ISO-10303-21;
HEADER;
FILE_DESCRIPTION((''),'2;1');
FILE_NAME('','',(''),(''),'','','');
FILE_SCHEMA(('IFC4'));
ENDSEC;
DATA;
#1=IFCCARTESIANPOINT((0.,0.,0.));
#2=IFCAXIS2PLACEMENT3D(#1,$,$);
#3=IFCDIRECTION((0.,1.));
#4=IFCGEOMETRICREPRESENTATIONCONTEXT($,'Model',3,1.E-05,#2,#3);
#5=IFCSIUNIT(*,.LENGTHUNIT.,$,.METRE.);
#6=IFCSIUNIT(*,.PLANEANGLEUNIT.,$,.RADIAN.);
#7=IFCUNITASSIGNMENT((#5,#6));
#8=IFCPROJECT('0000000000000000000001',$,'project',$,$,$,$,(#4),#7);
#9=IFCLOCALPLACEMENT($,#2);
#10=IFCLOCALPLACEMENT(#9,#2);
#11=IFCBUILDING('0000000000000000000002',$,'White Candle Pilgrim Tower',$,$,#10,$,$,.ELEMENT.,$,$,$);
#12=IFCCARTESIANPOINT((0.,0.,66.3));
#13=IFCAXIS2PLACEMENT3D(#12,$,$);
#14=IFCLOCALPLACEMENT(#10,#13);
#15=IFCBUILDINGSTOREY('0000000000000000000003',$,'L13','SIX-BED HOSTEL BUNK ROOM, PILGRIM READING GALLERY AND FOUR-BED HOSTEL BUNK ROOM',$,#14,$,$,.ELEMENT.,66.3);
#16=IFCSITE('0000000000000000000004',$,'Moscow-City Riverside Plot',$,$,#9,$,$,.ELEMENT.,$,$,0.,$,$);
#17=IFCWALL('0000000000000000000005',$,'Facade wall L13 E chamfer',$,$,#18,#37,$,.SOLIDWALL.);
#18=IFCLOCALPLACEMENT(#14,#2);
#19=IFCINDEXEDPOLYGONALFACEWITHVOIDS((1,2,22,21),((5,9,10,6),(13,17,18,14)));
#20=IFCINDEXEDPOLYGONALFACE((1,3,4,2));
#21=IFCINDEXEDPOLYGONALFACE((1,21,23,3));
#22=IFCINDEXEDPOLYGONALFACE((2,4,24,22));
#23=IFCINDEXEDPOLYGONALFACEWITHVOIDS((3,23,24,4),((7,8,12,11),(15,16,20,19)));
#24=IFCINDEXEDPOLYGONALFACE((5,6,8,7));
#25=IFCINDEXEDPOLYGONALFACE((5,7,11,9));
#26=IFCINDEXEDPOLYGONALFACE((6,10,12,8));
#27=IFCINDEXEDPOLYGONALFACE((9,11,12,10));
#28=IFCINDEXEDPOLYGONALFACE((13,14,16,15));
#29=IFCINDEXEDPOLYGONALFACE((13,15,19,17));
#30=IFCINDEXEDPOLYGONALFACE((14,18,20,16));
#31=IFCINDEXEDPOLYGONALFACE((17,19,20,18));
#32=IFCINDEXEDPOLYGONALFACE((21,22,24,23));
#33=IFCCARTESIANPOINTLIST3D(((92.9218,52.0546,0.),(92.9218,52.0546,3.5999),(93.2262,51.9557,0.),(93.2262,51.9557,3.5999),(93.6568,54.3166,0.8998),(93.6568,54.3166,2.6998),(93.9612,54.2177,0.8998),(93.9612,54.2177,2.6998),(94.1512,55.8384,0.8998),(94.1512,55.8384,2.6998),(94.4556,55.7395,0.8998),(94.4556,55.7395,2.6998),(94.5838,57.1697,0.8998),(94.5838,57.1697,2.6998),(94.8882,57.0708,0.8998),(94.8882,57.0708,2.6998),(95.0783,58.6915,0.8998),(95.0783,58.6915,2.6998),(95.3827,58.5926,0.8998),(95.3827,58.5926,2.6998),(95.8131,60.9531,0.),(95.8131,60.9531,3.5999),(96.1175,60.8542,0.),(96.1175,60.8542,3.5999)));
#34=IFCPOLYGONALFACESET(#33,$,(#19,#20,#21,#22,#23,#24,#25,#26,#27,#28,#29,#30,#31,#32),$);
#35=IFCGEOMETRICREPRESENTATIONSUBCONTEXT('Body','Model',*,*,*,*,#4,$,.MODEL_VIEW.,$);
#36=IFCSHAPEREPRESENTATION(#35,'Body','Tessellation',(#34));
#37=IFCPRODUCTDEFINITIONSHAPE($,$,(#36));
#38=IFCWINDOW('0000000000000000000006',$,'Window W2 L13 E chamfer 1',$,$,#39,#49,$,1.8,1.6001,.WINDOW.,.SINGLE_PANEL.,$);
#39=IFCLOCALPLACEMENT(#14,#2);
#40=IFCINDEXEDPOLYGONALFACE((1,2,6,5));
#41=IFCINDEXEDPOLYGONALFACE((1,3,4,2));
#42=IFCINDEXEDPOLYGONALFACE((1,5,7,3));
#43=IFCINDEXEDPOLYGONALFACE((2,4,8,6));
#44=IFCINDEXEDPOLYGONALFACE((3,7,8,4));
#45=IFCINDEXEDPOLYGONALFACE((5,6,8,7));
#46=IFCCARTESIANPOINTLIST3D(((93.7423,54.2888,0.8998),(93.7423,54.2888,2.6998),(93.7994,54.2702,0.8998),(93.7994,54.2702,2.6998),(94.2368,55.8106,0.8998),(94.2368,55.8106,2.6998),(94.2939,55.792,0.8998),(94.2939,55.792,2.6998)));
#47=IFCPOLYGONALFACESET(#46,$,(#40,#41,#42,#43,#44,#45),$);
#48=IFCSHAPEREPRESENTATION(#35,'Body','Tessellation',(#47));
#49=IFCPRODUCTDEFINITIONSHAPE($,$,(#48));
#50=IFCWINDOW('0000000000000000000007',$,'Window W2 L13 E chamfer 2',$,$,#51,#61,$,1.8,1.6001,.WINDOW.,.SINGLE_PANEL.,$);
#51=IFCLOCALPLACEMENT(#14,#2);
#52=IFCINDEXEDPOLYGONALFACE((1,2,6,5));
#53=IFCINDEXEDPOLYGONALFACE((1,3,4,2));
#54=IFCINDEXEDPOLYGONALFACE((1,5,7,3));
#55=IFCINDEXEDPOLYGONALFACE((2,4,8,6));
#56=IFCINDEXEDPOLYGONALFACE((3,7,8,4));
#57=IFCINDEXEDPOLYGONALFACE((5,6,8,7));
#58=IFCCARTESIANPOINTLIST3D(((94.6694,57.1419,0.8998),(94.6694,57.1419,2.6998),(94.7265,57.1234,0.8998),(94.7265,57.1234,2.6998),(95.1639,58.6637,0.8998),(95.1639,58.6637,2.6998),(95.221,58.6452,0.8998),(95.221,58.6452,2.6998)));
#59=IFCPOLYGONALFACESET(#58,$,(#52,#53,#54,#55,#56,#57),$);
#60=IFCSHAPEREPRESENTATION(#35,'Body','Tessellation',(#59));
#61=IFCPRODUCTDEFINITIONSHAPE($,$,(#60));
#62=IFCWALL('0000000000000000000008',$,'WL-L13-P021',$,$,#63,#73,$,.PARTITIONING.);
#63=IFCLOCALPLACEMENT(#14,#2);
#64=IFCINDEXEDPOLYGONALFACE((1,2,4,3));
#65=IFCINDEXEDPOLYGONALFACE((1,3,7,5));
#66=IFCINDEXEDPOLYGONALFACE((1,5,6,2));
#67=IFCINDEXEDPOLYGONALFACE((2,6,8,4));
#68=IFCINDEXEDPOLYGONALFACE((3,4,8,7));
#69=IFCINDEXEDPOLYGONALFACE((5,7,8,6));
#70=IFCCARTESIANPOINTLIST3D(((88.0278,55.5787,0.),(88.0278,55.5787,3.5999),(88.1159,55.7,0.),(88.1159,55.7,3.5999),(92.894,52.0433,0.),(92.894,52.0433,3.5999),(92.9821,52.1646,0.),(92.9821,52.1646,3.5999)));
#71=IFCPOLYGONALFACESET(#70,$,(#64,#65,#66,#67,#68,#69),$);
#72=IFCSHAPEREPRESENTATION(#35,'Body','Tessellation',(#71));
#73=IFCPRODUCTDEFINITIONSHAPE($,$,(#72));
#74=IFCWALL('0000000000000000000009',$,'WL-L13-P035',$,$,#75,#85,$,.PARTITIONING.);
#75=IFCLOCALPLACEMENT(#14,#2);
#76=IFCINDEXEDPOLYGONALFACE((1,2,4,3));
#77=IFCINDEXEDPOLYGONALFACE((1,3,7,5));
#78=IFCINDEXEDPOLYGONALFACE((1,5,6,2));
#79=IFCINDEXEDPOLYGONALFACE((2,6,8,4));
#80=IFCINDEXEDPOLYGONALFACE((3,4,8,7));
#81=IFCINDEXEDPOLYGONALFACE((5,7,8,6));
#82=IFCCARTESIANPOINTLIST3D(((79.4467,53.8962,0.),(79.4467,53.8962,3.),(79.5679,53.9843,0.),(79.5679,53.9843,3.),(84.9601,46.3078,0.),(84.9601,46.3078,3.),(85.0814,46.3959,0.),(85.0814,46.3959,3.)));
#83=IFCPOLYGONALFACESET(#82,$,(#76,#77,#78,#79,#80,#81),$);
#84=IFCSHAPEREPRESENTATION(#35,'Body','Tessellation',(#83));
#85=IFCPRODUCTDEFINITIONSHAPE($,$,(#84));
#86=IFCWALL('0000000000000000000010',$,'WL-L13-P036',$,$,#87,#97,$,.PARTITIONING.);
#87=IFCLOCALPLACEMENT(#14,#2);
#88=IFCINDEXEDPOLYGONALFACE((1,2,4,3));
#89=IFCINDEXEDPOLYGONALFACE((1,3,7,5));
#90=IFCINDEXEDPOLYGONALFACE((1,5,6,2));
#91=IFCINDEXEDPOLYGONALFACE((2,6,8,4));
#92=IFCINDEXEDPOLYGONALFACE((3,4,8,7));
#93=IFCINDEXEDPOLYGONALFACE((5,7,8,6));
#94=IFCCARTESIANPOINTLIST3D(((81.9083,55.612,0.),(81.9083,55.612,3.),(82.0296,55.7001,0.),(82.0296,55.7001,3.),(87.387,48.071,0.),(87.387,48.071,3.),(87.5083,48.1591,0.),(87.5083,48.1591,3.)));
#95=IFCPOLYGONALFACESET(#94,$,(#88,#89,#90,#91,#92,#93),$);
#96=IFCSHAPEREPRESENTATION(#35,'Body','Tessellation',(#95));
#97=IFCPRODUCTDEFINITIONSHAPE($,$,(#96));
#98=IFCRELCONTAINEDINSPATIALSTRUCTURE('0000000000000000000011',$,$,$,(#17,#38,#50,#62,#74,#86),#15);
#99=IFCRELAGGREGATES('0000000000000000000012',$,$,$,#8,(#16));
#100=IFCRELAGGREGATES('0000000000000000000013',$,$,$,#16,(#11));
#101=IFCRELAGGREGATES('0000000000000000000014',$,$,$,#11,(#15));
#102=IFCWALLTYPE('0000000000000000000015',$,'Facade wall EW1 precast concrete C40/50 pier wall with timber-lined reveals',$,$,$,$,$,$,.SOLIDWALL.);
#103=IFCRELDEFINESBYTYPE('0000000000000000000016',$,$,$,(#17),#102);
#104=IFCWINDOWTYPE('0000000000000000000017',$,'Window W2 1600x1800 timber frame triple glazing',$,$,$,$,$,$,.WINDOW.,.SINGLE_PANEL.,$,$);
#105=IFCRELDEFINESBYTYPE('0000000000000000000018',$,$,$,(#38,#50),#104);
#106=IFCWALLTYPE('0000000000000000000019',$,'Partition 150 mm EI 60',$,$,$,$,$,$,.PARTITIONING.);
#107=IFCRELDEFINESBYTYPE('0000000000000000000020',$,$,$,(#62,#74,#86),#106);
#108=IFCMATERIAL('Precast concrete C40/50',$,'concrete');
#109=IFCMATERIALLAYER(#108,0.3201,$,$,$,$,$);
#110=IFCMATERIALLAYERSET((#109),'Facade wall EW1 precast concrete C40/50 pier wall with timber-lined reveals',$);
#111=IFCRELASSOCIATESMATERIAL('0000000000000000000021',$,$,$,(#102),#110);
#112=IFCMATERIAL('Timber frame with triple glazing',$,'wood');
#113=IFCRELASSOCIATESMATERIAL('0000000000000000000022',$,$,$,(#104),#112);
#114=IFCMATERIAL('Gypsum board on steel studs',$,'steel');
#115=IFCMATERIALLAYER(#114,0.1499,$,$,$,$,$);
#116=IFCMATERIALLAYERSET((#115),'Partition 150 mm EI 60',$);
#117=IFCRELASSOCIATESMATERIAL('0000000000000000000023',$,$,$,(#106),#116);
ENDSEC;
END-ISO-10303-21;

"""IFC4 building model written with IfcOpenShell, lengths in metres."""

from ifc_helpers import new_model, si_unit, direction, frame, frame_2d, origin, place, context, subcontext, project, spatial, rectangle, extrude, material, layer, layer_set, type_object, element, fill, save


model = new_model("IFC4")

# Units and contexts
model_context = context("Model", 3, precision=1e-05, world=origin(), true_north=direction((0.0, 1.0)))
body_context = subcontext(model_context, "Body", "Model", "MODEL_VIEW")
ifc_project = project(units=[si_unit("LENGTHUNIT", "METRE"), si_unit("PLANEANGLEUNIT", "RADIAN")], contexts=[model_context])

# Site, building, storey
site_placement = place(None, origin())
site = spatial("IfcSite", under=ifc_project, at=site_placement, Name="Moscow-City Riverside Plot", CompositionType="ELEMENT", RefElevation=0.0)
building_placement = place(site_placement, origin())
building = spatial("IfcBuilding", under=site, at=building_placement, Name="White Candle Pilgrim Tower", CompositionType="ELEMENT")
storey_placement = place(building_placement, frame((0.0, 0.0, 66.3)))
storey = spatial("IfcBuildingStorey", under=building, at=storey_placement, Name="L13", Description="SIX-BED HOSTEL BUNK ROOM, PILGRIM READING GALLERY AND FOUR-BED HOSTEL BUNK ROOM", CompositionType="ELEMENT", Elevation=66.3)

# Shared definitions
ifc_material_1 = material(Name="Gypsum board on steel studs", Category="steel")

# Wall, openings, windows
ifc_material_2 = material(Name="Precast concrete C40/50", Category="concrete")
ifc_layer_1 = layer(ifc_material_2, 0.3201)
ifc_layer_set_1 = layer_set([ifc_layer_1], Name="Facade wall EW1 precast concrete C40/50 pier wall with timber-lined reveals")
wall_type_1 = type_object("IfcWallType", Name="Facade wall EW1 precast concrete C40/50 pier wall with timber-lined reveals", PredefinedType="SOLIDWALL", material=ifc_layer_set_1)
wall_1_placement = place(storey_placement, frame((93.074, 52.0051, 0.0), z_axis=(0.0, 0.0, 1.0), x_axis=(0.309025, 0.951054, 0.0)))
wall_1 = element("IfcWall", 1, at=wall_1_placement, inside=storey, type_object=wall_type_1, Name="Facade wall L13 E chamfer", PredefinedType="SOLIDWALL", context=body_context, shape_type="SweptSolid", body=[
    extrude(rectangle(XDim=9.3564, YDim=0.3201, at=frame_2d((4.6782, 0.0))), origin(), (0.0, 0.0, 1.0), 3.5999),
])
opening_1_placement = place(wall_1_placement, frame((2.3784, 0.0, 0.8999)))
opening_1 = element("IfcOpeningElement", 2, at=opening_1_placement, cuts=wall_1, PredefinedType="OPENING", context=body_context, shape_type="SweptSolid", body=[
    extrude(rectangle(XDim=1.6001, YDim=1.8, at=frame_2d((0.8, 0.8999))), frame((0.0, 0.1699, 0.0), z_axis=(0.0, -1.0, 0.0), x_axis=(1.0, 0.0, 0.0)), (0.0, 0.0, 1.0), 0.3401),
])
opening_2_placement = place(wall_1_placement, frame((5.3784, 0.0, 0.8999)))
opening_2 = element("IfcOpeningElement", 3, at=opening_2_placement, cuts=wall_1, PredefinedType="OPENING", context=body_context, shape_type="SweptSolid", body=[
    extrude(rectangle(XDim=1.6001, YDim=1.8, at=frame_2d((0.8, 0.8999))), frame((0.0, 0.1699, 0.0), z_axis=(0.0, -1.0, 0.0), x_axis=(1.0, 0.0, 0.0)), (0.0, 0.0, 1.0), 0.3401),
])
ifc_material_3 = material(Name="Timber frame with triple glazing", Category="wood")
window_type = type_object("IfcWindowType", Name="Window W2 1600x1800 timber frame triple glazing", PartitioningType="SINGLE_PANEL", PredefinedType="WINDOW", material=ifc_material_3)
window_1_placement = place(opening_1_placement, origin())
window_1 = element("IfcWindow", 4, at=window_1_placement, inside=storey, type_object=window_type, Name="Window W2 L13 E chamfer 1", OverallHeight=1.8, OverallWidth=1.6001, PartitioningType="SINGLE_PANEL", PredefinedType="WINDOW", context=body_context, shape_type="SweptSolid", body=[
    extrude(rectangle(XDim=1.6001, YDim=1.8, at=frame_2d((0.8, 0.8999))), frame((0.0, 0.0701, 0.0), z_axis=(0.0, -1.0, 0.0), x_axis=(1.0, 0.0, 0.0)), (0.0, 0.0, 1.0), 0.0601),
])
fill(opening_1, window_1)
window_2_placement = place(opening_2_placement, origin())
window_2 = element("IfcWindow", 5, at=window_2_placement, inside=storey, type_object=window_type, Name="Window W2 L13 E chamfer 2", OverallHeight=1.8, OverallWidth=1.6001, PartitioningType="SINGLE_PANEL", PredefinedType="WINDOW", context=body_context, shape_type="SweptSolid", body=[
    extrude(rectangle(XDim=1.6001, YDim=1.8, at=frame_2d((0.8, 0.8999))), frame((0.0, 0.0701, 0.0), z_axis=(0.0, -1.0, 0.0), x_axis=(1.0, 0.0, 0.0)), (0.0, 0.0, 1.0), 0.0601),
])
fill(opening_2, window_2)

# Walls
ifc_layer_2 = layer(ifc_material_1, 0.1499)
ifc_layer_set_2 = layer_set([ifc_layer_2], Name="Partition 150 mm EI 60")
wall_type_2 = type_object("IfcWallType", Name="Partition 150 mm EI 60", PredefinedType="PARTITIONING", material=ifc_layer_set_2)
wall_2_placement = place(storey_placement, frame((92.938, 52.104, 0.0), z_axis=(0.0, 0.0, 1.0), x_axis=(-0.809026, 0.587773, 0.0)))
element("IfcWall", 6, at=wall_2_placement, inside=storey, type_object=wall_type_2, Name="WL-L13-P021", PredefinedType="PARTITIONING", context=body_context, shape_type="SweptSolid", body=[
    extrude(rectangle(XDim=6.0149, YDim=0.1499, at=frame_2d((3.0073, 0.0))), origin(), (0.0, 0.0, 1.0), 3.5999),
])
wall_3_placement = place(storey_placement, frame((85.0208, 46.3518, 0.0), z_axis=(0.0, 0.0, 1.0), x_axis=(-0.587796, 0.80901, 0.0)))
element("IfcWall", 7, at=wall_3_placement, inside=storey, type_object=wall_type_2, Name="WL-L13-P035", PredefinedType="PARTITIONING", context=body_context, shape_type="SweptSolid", body=[
    extrude(rectangle(XDim=9.3799, YDim=0.1499, at=frame_2d((4.6899, 0.0))), origin(), (0.0, 0.0, 1.0), 3.0),
])
wall_4_placement = place(storey_placement, frame((87.4478, 48.115, 0.0), z_axis=(0.0, 0.0, 1.0), x_axis=(-0.587778, 0.809023, 0.0)))
element("IfcWall", 8, at=wall_4_placement, inside=storey, type_object=wall_type_2, Name="WL-L13-P036", PredefinedType="PARTITIONING", context=body_context, shape_type="SweptSolid", body=[
    extrude(rectangle(XDim=9.321, YDim=0.1499, at=frame_2d((4.6606, 0.0))), origin(), (0.0, 0.0, 1.0), 3.0),
])

save(model, "model.ifc")
